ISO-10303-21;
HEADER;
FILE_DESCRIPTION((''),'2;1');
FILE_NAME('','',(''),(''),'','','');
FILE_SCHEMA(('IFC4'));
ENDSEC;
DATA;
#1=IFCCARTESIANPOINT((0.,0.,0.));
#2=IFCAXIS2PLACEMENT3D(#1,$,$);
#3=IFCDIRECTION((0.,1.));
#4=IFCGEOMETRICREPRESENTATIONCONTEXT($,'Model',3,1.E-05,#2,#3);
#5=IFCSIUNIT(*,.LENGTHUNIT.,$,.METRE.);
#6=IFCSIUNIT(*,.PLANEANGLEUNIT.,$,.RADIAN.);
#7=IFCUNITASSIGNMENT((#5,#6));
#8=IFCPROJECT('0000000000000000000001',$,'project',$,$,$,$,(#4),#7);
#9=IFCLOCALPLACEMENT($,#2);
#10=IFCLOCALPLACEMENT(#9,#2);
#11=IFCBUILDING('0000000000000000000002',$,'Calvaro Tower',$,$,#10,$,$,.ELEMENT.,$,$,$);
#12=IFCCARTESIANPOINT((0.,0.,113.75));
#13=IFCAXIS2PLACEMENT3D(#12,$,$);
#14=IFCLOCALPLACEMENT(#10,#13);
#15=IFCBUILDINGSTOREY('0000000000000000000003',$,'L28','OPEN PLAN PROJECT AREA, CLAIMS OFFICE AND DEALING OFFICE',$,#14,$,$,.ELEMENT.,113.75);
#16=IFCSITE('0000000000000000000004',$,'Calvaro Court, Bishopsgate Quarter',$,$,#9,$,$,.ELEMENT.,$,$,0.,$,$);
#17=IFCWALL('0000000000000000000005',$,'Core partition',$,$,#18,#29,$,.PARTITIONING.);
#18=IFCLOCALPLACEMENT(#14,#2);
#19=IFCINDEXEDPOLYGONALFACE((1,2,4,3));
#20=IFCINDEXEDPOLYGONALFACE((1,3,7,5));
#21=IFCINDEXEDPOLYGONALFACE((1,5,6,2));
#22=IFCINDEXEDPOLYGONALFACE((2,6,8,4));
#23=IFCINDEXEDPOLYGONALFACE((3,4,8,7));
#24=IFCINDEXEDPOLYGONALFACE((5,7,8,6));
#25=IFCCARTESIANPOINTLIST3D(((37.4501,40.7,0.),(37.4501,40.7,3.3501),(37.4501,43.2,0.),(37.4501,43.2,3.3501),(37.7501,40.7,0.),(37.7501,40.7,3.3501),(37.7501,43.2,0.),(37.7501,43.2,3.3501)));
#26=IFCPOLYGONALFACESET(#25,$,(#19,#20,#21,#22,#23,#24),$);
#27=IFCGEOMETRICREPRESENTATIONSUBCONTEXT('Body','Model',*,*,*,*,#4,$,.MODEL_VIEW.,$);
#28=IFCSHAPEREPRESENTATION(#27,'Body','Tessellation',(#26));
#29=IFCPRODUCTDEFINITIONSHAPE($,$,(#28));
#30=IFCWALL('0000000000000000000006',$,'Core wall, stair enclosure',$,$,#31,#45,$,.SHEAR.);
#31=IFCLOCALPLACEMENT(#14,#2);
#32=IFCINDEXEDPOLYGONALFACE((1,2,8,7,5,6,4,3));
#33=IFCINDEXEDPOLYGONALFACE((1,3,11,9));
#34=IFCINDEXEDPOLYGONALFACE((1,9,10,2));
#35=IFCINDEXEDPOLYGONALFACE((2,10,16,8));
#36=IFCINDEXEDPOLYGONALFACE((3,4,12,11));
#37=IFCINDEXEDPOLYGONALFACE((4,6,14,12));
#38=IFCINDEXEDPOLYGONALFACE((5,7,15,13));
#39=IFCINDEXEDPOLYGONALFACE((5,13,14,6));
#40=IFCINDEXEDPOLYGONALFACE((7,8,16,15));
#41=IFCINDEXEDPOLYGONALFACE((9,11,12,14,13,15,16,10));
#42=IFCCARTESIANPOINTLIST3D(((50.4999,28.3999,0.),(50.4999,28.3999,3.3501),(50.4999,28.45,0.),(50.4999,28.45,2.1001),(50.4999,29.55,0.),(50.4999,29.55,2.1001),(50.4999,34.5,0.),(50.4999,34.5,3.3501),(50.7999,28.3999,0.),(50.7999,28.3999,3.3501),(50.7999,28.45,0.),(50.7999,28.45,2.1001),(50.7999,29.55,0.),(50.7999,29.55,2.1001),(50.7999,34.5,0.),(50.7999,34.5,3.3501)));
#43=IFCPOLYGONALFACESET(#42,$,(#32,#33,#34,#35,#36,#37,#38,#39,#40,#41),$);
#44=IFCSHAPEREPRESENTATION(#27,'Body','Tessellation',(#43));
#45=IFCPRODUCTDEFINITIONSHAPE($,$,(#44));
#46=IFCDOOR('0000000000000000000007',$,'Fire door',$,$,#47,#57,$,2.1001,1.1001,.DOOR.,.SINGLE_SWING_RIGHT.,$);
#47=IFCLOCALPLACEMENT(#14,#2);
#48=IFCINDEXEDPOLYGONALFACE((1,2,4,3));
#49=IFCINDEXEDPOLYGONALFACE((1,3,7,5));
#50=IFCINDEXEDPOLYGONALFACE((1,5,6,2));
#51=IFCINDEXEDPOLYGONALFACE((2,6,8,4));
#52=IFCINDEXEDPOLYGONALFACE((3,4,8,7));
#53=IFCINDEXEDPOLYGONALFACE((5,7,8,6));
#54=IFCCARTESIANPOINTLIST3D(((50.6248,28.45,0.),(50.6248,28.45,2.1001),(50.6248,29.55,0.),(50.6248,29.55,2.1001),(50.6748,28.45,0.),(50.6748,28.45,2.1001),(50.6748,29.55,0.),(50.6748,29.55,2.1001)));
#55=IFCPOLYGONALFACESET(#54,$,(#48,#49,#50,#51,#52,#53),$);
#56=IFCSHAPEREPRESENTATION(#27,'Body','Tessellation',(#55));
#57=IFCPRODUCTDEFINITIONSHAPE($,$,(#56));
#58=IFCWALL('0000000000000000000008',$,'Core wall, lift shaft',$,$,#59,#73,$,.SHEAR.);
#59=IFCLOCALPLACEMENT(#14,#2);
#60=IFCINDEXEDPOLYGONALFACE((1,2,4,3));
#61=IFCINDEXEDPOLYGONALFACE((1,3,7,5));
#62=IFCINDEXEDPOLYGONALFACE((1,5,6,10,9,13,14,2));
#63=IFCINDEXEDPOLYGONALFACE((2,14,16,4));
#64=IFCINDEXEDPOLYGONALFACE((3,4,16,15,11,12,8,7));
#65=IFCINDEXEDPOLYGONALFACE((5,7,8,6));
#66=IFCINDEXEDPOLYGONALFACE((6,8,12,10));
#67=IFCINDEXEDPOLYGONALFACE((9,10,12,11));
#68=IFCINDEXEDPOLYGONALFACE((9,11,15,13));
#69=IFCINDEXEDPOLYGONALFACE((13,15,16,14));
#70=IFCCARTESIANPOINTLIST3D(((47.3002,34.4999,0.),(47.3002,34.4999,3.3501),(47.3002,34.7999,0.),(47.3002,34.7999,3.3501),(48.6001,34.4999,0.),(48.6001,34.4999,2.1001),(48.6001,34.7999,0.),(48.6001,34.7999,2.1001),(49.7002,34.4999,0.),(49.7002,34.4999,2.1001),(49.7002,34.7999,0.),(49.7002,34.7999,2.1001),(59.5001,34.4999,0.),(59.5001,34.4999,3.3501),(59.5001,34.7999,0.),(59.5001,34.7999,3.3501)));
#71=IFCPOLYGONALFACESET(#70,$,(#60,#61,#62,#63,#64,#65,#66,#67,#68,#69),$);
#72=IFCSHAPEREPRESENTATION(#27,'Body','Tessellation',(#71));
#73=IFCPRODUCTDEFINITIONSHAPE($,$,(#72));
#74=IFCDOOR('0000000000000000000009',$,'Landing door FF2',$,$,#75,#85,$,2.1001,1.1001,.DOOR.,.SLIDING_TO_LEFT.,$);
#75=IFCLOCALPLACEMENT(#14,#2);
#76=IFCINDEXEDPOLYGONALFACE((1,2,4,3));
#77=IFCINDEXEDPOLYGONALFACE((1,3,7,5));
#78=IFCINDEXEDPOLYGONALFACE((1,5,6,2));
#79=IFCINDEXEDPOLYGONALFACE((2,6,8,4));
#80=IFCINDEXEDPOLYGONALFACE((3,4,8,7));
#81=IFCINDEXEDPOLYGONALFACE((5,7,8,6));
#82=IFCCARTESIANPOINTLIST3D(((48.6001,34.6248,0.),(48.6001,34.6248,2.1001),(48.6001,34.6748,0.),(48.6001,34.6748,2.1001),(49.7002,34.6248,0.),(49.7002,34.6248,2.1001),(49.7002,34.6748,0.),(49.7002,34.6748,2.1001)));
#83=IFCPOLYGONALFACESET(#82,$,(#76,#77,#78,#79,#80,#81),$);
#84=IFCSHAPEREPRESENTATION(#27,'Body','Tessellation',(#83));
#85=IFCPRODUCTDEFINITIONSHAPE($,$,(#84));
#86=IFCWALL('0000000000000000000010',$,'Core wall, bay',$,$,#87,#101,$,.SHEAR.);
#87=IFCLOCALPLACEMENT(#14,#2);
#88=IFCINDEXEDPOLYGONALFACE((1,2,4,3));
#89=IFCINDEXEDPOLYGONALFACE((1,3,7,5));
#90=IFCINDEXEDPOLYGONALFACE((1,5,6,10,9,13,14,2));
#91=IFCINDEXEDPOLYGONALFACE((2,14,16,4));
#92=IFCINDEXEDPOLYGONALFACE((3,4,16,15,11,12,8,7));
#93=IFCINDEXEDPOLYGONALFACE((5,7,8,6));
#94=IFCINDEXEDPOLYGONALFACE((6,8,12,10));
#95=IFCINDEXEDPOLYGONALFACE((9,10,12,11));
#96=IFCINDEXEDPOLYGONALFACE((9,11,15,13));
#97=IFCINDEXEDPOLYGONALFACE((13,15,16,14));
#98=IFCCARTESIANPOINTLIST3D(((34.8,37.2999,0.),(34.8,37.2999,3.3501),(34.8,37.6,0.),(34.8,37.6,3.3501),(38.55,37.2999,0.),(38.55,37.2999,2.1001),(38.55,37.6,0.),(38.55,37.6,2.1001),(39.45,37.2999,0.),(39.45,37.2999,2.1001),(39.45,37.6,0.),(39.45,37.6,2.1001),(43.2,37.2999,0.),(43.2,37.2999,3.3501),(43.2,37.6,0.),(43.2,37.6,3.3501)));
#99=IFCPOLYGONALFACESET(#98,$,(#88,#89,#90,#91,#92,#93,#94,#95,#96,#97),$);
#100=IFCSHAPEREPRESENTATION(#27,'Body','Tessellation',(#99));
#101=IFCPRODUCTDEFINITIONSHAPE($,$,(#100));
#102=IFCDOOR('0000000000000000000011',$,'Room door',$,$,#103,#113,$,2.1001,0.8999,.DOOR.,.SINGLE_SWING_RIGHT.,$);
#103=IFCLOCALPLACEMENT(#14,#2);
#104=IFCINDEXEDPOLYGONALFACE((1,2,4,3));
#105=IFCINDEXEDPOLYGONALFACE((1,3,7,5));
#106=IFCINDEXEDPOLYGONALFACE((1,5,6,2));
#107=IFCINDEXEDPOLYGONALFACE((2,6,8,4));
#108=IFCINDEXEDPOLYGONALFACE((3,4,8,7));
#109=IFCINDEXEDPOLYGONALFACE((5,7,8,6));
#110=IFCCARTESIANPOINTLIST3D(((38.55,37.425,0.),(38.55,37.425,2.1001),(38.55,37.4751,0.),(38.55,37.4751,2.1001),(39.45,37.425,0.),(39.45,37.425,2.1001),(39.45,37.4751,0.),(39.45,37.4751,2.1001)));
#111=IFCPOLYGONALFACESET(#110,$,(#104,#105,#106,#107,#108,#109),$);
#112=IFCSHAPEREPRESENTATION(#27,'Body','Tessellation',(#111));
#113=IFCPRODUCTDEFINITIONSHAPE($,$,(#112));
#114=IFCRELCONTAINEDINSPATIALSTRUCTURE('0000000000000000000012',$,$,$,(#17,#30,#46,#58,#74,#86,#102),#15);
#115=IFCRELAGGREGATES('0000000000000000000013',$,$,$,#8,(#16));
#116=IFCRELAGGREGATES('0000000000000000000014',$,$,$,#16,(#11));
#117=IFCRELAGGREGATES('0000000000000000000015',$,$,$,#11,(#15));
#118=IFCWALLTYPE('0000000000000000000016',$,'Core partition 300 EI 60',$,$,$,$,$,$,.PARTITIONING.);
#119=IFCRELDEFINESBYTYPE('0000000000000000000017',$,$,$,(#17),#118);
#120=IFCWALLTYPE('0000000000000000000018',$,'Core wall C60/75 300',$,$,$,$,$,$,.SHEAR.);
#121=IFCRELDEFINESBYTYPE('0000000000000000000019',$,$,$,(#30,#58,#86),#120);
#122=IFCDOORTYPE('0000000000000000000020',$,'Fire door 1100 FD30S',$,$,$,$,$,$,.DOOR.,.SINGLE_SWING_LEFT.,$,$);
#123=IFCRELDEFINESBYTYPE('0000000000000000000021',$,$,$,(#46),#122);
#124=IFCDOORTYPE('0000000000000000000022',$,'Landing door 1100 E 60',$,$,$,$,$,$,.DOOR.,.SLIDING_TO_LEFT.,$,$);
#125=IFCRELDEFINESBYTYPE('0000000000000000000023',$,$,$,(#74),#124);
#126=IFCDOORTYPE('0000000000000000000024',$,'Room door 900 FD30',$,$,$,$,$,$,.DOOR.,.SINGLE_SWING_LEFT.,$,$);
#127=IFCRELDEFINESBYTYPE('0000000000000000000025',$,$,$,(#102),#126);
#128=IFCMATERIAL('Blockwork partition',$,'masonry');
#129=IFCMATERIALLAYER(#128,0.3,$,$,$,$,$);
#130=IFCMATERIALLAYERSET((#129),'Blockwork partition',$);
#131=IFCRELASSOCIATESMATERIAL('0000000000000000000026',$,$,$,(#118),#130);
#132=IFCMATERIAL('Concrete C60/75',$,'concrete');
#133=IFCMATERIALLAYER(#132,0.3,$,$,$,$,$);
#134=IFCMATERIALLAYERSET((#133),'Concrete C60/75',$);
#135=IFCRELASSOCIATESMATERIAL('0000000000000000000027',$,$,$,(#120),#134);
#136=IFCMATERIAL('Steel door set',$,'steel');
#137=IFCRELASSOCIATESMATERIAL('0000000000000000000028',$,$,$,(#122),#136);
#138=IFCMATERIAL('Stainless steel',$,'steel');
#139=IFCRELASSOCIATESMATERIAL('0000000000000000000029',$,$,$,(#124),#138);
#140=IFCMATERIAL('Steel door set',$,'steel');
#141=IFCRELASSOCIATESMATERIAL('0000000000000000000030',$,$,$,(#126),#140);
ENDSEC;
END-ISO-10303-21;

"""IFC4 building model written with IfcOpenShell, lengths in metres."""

from ifc_helpers import new_model, si_unit, direction, frame, frame_2d, origin, place, context, subcontext, project, spatial, rectangle, extrude, material, layer, layer_set, type_object, element, fill, save


model = new_model("IFC4")

# Units and contexts
model_context = context("Model", 3, precision=1e-05, world=origin(), true_north=direction((0.0, 1.0)))
body_context = subcontext(model_context, "Body", "Model", "MODEL_VIEW")
ifc_project = project(units=[si_unit("LENGTHUNIT", "METRE"), si_unit("PLANEANGLEUNIT", "RADIAN")], contexts=[model_context])

# Site, building, storey
site_placement = place(None, origin())
site = spatial("IfcSite", under=ifc_project, at=site_placement, Name="Calvaro Court, Bishopsgate Quarter", CompositionType="ELEMENT", RefElevation=0.0)
building_placement = place(site_placement, origin())
building = spatial("IfcBuilding", under=site, at=building_placement, Name="Calvaro Tower", CompositionType="ELEMENT")
storey_placement = place(building_placement, frame((0.0, 0.0, 113.75)))
storey = spatial("IfcBuildingStorey", under=building, at=storey_placement, Name="L28", Description="OPEN PLAN PROJECT AREA, CLAIMS OFFICE AND DEALING OFFICE", CompositionType="ELEMENT", Elevation=113.75)

# Wall
ifc_material_1 = material(Name="Blockwork partition", Category="masonry")
ifc_layer_1 = layer(ifc_material_1, 0.3)
ifc_layer_set_1 = layer_set([ifc_layer_1], Name="Blockwork partition")
wall_type_1 = type_object("IfcWallType", Name="Core partition 300 EI 60", PredefinedType="PARTITIONING", material=ifc_layer_set_1)
wall_1_placement = place(storey_placement, frame((37.6001, 40.7, 0.0), z_axis=(0.0, 0.0, 1.0), x_axis=(0.0, 1.0, 0.0)))
element("IfcWall", 1, at=wall_1_placement, inside=storey, type_object=wall_type_1, Name="Core partition", PredefinedType="PARTITIONING", context=body_context, shape_type="SweptSolid", body=[
    extrude(rectangle(XDim=2.5, YDim=0.3, at=frame_2d((1.25, 0.0))), origin(), (0.0, 0.0, 1.0), 3.3501),
])

# Walls, openings, doors
ifc_material_2 = material(Name="Concrete C60/75", Category="concrete")
ifc_layer_2 = layer(ifc_material_2, 0.3)
ifc_layer_set_2 = layer_set([ifc_layer_2], Name="Concrete C60/75")
wall_type_2 = type_object("IfcWallType", Name="Core wall C60/75 300", PredefinedType="SHEAR", material=ifc_layer_set_2)
wall_2_placement = place(storey_placement, frame((50.6499, 34.5, 0.0), z_axis=(0.0, 0.0, 1.0), x_axis=(0.0, -1.0, 0.0)))
wall_2 = element("IfcWall", 2, at=wall_2_placement, inside=storey, type_object=wall_type_2, Name="Core wall, stair enclosure", PredefinedType="SHEAR", context=body_context, shape_type="SweptSolid", body=[
    extrude(rectangle(XDim=6.1001, YDim=0.3, at=frame_2d((3.05, 0.0))), origin(), (0.0, 0.0, 1.0), 3.3501),
])
opening_1_placement = place(wall_2_placement, frame((4.95, 0.0, 0.0)))
opening_1 = element("IfcOpeningElement", 3, at=opening_1_placement, cuts=wall_2, PredefinedType="OPENING", context=body_context, shape_type="SweptSolid", body=[
    extrude(rectangle(XDim=1.1001, YDim=2.1001, at=frame_2d((0.55, 1.05))), frame((0.0, 0.1599, 0.0), z_axis=(0.0, -1.0, 0.0), x_axis=(1.0, 0.0, 0.0)), (0.0, 0.0, 1.0), 0.3201),
])
ifc_material_3 = material(Name="Steel door set", Category="steel")
door_type_1 = type_object("IfcDoorType", Name="Fire door 1100 FD30S", OperationType="SINGLE_SWING_LEFT", PredefinedType="DOOR", material=ifc_material_3)
door_1_placement = place(opening_1_placement, origin())
door_1 = element("IfcDoor", 4, at=door_1_placement, inside=storey, type_object=door_type_1, Name="Fire door", OperationType="SINGLE_SWING_RIGHT", OverallHeight=2.1001, OverallWidth=1.1001, PredefinedType="DOOR", context=body_context, shape_type="SweptSolid", body=[
    extrude(rectangle(XDim=1.1001, YDim=2.1001, at=frame_2d((0.55, 1.05))), frame((0.0, 0.0249, 0.0), z_axis=(0.0, -1.0, 0.0), x_axis=(1.0, 0.0, 0.0)), (0.0, 0.0, 1.0), 0.05),
])
fill(opening_1, door_1)
wall_3_placement = place(storey_placement, frame((47.3, 34.6499, 0.0), z_axis=(0.0, 0.0, 1.0), x_axis=(1.0, 0.0, 0.0)))
wall_3 = element("IfcWall", 5, at=wall_3_placement, inside=storey, type_object=wall_type_2, Name="Core wall, lift shaft", PredefinedType="SHEAR", context=body_context, shape_type="SweptSolid", body=[
    extrude(rectangle(XDim=12.2, YDim=0.3, at=frame_2d((6.1001, 0.0))), origin(), (0.0, 0.0, 1.0), 3.3501),
])
opening_2_placement = place(wall_3_placement, frame((1.3, 0.0, 0.0)))
opening_2 = element("IfcOpeningElement", 6, at=opening_2_placement, cuts=wall_3, PredefinedType="OPENING", context=body_context, shape_type="SweptSolid", body=[
    extrude(rectangle(XDim=1.1001, YDim=2.1001, at=frame_2d((0.55, 1.05))), frame((0.0, 0.1599, 0.0), z_axis=(0.0, -1.0, 0.0), x_axis=(1.0, 0.0, 0.0)), (0.0, 0.0, 1.0), 0.3201),
])
ifc_material_4 = material(Name="Stainless steel", Category="steel")
door_type_2 = type_object("IfcDoorType", Name="Landing door 1100 E 60", OperationType="SLIDING_TO_LEFT", PredefinedType="DOOR", material=ifc_material_4)
door_2_placement = place(opening_2_placement, origin())
door_2 = element("IfcDoor", 7, at=door_2_placement, inside=storey, type_object=door_type_2, Name="Landing door FF2", OperationType="SLIDING_TO_LEFT", OverallHeight=2.1001, OverallWidth=1.1001, PredefinedType="DOOR", context=body_context, shape_type="SweptSolid", body=[
    extrude(rectangle(XDim=1.1001, YDim=2.1001, at=frame_2d((0.55, 1.05))), frame((0.0, 0.0249, 0.0), z_axis=(0.0, -1.0, 0.0), x_axis=(1.0, 0.0, 0.0)), (0.0, 0.0, 1.0), 0.05),
])
fill(opening_2, door_2)
wall_4_placement = place(storey_placement, frame((43.2, 37.45, 0.0), z_axis=(0.0, 0.0, 1.0), x_axis=(-1.0, 0.0, 0.0)))
wall_4 = element("IfcWall", 8, at=wall_4_placement, inside=storey, type_object=wall_type_2, Name="Core wall, bay", PredefinedType="SHEAR", context=body_context, shape_type="SweptSolid", body=[
    extrude(rectangle(XDim=8.3999, YDim=0.3, at=frame_2d((4.2, 0.0))), origin(), (0.0, 0.0, 1.0), 3.3501),
])
opening_3_placement = place(wall_4_placement, frame((3.75, 0.0, 0.0)))
opening_3 = element("IfcOpeningElement", 9, at=opening_3_placement, cuts=wall_4, PredefinedType="OPENING", context=body_context, shape_type="SweptSolid", body=[
    extrude(rectangle(XDim=0.8999, YDim=2.1001, at=frame_2d((0.45, 1.05))), frame((0.0, 0.1599, 0.0), z_axis=(0.0, -1.0, 0.0), x_axis=(1.0, 0.0, 0.0)), (0.0, 0.0, 1.0), 0.3201),
])
ifc_material_5 = material(Name="Steel door set", Category="steel")
door_type_3 = type_object("IfcDoorType", Name="Room door 900 FD30", OperationType="SINGLE_SWING_LEFT", PredefinedType="DOOR", material=ifc_material_5)
door_3_placement = place(opening_3_placement, origin())
door_3 = element("IfcDoor", 10, at=door_3_placement, inside=storey, type_object=door_type_3, Name="Room door", OperationType="SINGLE_SWING_RIGHT", OverallHeight=2.1001, OverallWidth=0.8999, PredefinedType="DOOR", context=body_context, shape_type="SweptSolid", body=[
    extrude(rectangle(XDim=0.8999, YDim=2.1001, at=frame_2d((0.45, 1.05))), frame((0.0, 0.0249, 0.0), z_axis=(0.0, -1.0, 0.0), x_axis=(1.0, 0.0, 0.0)), (0.0, 0.0, 1.0), 0.05),
])
fill(opening_3, door_3)

save(model, "model.ifc")
